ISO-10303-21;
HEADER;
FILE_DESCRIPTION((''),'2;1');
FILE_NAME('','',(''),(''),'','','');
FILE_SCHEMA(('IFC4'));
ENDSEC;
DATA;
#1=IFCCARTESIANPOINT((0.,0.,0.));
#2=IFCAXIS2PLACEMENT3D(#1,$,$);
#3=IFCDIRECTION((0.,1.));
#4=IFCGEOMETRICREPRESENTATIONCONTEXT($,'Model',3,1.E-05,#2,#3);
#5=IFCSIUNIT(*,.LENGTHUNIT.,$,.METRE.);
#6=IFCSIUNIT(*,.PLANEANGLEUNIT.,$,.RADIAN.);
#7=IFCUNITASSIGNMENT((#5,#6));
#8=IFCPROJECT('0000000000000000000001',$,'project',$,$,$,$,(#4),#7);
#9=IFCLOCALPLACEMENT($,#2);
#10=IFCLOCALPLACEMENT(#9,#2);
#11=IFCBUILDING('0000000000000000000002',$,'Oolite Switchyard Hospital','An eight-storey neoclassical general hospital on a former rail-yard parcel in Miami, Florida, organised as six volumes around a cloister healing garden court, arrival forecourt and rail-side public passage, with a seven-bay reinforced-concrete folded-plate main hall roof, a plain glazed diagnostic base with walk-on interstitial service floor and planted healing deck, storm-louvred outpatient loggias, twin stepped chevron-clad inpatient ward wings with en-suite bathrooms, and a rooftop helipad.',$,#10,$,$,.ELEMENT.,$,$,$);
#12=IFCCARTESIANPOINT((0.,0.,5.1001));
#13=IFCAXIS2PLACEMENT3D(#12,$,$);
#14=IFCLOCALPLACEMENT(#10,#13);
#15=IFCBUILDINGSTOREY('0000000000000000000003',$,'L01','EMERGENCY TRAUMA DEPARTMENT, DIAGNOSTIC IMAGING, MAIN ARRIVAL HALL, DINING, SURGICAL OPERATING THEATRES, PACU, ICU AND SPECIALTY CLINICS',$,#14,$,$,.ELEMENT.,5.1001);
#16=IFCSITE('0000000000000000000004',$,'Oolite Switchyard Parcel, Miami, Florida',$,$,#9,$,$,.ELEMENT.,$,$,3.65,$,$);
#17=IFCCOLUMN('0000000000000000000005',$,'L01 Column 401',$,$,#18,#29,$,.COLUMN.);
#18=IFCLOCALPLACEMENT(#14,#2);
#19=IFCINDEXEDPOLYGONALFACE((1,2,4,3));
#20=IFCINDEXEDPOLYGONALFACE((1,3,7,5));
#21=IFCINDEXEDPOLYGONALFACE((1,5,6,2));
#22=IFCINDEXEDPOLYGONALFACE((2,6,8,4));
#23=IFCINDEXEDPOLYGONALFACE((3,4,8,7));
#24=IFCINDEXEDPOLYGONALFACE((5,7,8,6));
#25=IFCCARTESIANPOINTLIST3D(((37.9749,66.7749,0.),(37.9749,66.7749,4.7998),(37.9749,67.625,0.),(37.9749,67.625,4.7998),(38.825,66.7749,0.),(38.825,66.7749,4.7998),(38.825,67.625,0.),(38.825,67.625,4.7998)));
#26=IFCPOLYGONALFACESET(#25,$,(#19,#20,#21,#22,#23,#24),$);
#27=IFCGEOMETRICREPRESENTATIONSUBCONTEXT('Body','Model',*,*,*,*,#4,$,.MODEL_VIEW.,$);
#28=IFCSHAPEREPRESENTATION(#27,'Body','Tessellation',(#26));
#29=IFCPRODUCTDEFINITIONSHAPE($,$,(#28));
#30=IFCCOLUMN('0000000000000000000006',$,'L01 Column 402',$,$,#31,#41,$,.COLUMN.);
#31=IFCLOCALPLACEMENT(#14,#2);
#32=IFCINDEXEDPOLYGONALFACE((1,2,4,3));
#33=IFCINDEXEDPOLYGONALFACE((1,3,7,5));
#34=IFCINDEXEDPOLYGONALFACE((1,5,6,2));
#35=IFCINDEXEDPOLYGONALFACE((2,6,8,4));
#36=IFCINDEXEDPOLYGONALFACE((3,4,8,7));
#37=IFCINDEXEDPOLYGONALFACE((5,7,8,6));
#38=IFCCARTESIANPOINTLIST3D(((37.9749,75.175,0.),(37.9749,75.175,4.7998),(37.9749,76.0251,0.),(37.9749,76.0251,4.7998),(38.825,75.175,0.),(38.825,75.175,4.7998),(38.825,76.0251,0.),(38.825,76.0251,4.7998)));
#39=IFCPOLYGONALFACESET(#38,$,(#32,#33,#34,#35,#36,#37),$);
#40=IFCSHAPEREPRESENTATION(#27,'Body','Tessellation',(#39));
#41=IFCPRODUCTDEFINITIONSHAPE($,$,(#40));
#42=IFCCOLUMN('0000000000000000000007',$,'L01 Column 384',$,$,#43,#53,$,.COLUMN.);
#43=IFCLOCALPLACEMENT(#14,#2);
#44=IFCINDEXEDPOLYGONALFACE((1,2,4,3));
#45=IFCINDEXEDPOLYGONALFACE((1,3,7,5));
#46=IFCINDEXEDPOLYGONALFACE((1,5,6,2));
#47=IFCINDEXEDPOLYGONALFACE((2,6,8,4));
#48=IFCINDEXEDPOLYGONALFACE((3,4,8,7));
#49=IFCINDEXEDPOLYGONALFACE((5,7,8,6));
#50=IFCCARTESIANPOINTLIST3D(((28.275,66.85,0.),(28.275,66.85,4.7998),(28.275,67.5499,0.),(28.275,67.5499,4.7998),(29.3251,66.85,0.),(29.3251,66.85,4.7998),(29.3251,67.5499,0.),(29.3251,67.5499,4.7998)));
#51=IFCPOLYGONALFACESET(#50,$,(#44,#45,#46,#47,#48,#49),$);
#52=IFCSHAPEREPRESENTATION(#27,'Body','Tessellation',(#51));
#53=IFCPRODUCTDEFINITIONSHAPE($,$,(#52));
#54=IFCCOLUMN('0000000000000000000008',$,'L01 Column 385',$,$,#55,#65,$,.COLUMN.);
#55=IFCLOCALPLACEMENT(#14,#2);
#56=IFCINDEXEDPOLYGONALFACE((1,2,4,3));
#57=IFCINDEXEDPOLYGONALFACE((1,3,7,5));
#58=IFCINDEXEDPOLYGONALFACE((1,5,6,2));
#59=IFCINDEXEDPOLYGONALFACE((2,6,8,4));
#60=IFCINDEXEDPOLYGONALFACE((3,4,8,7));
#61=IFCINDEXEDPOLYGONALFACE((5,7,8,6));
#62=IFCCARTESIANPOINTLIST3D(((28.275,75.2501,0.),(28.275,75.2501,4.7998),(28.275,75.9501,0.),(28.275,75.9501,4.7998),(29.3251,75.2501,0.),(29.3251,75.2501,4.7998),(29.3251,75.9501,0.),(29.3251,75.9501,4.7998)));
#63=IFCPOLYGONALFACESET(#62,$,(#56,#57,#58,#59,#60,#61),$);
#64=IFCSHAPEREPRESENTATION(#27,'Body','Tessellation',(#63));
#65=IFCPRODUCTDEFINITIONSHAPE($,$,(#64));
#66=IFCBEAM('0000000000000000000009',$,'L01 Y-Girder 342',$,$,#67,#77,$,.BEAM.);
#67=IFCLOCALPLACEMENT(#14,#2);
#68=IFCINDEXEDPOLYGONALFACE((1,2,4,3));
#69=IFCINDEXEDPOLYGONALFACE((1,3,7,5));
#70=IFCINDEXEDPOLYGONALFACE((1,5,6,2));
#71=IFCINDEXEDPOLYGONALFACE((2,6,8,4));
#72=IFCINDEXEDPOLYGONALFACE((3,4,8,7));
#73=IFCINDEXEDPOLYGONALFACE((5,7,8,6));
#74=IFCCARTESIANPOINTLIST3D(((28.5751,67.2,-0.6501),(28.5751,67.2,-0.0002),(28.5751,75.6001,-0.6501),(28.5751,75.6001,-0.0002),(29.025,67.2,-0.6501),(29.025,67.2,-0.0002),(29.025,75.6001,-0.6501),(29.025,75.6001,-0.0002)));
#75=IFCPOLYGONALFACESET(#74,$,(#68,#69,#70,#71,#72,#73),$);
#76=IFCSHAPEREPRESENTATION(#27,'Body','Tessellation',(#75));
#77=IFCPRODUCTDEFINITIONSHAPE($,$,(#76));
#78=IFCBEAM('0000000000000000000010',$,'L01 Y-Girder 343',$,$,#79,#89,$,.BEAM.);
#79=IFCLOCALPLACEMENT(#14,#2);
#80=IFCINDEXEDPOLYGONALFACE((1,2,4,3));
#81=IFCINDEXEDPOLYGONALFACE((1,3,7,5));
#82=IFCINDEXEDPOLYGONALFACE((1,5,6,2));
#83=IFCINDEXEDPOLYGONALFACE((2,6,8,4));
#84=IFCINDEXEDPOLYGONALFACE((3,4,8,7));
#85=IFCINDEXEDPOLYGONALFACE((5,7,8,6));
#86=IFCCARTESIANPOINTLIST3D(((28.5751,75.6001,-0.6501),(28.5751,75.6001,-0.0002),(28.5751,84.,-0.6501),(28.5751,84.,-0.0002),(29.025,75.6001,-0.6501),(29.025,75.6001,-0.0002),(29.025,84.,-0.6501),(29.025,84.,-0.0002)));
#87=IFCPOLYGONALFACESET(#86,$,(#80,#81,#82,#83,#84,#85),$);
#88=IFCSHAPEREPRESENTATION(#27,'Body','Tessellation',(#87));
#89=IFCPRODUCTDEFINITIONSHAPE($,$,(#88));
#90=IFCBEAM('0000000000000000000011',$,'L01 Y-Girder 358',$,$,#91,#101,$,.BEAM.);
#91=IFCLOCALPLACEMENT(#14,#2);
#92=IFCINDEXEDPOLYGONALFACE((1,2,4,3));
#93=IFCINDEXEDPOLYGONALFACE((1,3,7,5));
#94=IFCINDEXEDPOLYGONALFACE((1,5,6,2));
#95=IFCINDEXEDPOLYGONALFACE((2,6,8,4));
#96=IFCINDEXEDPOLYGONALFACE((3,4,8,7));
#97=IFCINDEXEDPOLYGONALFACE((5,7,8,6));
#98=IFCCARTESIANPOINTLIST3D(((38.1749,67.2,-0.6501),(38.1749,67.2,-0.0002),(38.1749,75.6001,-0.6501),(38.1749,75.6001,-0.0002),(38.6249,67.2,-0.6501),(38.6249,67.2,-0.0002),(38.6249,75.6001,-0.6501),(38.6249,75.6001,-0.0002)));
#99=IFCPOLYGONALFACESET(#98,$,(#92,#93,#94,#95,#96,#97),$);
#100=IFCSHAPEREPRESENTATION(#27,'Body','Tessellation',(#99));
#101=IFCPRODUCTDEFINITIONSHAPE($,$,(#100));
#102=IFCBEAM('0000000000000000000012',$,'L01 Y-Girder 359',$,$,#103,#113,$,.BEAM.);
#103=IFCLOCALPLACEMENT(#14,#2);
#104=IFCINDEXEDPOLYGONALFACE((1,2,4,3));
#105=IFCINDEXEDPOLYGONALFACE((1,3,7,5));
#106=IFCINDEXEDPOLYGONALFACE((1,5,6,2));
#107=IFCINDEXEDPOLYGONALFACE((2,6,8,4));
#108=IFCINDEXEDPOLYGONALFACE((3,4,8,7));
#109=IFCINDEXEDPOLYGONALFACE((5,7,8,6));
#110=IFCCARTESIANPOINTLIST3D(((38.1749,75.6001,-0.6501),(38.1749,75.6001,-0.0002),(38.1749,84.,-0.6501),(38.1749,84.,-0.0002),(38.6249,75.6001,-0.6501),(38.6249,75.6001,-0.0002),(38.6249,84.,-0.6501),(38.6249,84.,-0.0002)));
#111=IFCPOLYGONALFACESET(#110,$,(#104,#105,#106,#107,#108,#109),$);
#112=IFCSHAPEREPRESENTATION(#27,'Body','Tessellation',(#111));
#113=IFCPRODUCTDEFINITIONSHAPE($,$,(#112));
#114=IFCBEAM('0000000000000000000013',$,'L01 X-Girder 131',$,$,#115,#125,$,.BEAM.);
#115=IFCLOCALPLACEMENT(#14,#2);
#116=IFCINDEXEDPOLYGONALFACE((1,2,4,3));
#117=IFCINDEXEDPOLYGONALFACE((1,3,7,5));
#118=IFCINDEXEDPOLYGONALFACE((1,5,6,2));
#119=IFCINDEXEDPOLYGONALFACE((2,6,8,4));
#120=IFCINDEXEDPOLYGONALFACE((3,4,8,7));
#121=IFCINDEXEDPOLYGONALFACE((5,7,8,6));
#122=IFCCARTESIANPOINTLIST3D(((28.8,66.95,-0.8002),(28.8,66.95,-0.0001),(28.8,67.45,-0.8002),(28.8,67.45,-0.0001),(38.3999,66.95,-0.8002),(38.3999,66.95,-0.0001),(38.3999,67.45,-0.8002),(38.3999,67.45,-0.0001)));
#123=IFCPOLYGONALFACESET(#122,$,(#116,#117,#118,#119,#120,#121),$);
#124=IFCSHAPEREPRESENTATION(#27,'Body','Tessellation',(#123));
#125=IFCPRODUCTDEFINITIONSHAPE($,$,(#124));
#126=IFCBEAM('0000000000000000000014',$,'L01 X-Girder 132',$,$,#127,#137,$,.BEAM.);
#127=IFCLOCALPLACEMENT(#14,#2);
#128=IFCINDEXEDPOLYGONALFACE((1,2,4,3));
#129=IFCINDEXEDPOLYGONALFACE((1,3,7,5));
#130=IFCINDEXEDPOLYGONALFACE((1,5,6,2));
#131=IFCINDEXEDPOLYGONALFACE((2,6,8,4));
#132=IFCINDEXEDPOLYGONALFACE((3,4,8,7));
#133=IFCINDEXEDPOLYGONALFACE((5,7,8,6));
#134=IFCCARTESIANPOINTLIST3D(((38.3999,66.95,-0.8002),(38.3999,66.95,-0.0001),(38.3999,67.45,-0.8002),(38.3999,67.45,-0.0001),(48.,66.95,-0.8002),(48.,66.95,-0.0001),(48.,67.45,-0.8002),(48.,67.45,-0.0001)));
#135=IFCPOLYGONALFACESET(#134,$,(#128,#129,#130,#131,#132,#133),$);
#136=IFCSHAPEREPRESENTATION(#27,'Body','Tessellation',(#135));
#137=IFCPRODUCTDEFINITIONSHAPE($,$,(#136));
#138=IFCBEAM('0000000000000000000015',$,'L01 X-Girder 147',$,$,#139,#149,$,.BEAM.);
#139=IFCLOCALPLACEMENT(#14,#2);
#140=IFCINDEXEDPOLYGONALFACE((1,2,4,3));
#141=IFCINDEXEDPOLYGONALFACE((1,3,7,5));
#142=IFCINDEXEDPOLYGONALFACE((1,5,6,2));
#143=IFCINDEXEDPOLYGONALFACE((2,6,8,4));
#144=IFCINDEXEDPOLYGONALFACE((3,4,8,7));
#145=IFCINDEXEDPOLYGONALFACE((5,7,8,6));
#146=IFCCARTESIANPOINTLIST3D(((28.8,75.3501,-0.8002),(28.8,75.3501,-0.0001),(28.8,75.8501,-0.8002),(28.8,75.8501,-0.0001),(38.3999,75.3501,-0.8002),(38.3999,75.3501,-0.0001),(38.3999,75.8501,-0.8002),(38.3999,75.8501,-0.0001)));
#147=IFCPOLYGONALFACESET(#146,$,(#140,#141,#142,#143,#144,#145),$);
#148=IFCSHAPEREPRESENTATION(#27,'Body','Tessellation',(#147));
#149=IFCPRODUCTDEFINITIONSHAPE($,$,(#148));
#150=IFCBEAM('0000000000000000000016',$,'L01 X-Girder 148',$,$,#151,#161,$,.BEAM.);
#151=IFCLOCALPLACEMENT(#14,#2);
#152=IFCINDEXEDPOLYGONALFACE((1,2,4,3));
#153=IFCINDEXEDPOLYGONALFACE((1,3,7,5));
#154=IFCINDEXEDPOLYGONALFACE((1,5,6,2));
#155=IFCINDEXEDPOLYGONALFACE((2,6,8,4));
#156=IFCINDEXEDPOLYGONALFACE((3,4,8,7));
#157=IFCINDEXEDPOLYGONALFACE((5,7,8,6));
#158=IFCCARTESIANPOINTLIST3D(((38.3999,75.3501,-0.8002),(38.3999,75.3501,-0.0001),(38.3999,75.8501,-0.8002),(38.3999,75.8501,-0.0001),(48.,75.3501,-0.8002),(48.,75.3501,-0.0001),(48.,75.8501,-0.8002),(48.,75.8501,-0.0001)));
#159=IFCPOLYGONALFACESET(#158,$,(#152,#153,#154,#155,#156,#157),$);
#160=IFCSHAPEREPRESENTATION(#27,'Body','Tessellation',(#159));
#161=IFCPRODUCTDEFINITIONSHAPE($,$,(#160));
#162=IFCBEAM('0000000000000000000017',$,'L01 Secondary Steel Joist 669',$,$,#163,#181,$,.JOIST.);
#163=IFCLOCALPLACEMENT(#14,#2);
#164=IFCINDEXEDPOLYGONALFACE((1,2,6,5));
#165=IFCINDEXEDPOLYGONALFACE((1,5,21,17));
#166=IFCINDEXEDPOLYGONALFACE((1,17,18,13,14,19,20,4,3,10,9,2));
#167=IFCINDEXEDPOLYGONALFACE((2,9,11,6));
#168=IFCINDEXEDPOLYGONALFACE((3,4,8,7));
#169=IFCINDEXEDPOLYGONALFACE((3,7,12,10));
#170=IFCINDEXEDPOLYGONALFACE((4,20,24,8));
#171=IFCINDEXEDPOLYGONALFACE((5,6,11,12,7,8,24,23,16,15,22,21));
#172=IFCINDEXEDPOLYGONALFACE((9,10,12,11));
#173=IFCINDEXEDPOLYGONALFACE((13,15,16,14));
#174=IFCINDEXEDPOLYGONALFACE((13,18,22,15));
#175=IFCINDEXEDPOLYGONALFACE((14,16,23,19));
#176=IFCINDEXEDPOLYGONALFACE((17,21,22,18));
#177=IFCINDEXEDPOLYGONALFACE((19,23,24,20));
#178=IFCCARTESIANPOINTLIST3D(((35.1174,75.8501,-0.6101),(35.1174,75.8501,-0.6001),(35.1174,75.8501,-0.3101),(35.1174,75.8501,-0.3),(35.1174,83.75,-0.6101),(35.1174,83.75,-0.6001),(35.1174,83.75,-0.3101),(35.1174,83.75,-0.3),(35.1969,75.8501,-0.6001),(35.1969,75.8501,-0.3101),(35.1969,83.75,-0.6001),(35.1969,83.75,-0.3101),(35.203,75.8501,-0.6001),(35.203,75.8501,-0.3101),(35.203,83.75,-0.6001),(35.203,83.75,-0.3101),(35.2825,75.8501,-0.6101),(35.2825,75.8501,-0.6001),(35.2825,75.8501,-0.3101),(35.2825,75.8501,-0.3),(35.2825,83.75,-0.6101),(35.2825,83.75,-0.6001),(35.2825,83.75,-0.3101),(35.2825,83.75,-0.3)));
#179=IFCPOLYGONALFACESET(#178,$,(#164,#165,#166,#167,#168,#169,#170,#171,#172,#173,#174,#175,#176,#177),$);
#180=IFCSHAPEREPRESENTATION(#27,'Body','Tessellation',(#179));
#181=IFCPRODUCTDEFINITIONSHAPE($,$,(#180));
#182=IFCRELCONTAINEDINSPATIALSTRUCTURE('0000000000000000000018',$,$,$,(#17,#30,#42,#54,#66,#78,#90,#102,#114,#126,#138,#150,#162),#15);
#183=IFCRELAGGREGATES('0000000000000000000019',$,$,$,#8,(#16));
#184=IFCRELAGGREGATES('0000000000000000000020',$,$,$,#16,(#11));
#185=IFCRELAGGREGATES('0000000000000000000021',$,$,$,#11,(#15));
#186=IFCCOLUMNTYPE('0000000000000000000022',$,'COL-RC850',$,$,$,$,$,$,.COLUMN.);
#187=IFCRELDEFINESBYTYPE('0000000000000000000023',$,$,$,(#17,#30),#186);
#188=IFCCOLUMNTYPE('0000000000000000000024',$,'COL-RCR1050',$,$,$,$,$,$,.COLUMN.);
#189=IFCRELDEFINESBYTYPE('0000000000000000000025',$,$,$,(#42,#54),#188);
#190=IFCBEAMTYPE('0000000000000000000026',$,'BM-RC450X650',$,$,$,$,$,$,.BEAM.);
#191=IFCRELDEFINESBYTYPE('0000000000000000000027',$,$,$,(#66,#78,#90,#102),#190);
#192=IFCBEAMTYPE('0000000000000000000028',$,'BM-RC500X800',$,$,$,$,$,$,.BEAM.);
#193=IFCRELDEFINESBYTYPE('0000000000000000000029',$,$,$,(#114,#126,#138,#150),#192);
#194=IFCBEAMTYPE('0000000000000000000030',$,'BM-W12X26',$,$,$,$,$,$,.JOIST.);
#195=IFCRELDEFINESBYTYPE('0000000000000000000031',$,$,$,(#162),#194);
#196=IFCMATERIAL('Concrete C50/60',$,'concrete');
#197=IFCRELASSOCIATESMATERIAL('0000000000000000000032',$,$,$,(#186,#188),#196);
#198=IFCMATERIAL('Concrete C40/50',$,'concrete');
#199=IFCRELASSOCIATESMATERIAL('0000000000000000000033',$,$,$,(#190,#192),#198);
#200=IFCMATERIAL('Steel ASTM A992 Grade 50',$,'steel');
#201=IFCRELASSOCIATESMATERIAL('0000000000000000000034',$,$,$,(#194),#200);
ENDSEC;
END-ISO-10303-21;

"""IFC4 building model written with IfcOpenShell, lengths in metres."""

from ifc_helpers import new_model, si_unit, direction, frame, origin, origin_2d, place, context, subcontext, project, spatial, rectangle, i_section, extrude, material, material_profile, profile_set, type_object, element, save


model = new_model("IFC4")

# Units and contexts
model_context = context("Model", 3, precision=1e-05, world=origin(), true_north=direction((0.0, 1.0)))
body_context = subcontext(model_context, "Body", "Model", "MODEL_VIEW")
ifc_project = project(units=[si_unit("LENGTHUNIT", "METRE"), si_unit("PLANEANGLEUNIT", "RADIAN")], contexts=[model_context])

# Site, building, storey
site_placement = place(None, origin())
site = spatial("IfcSite", under=ifc_project, at=site_placement, Name="Oolite Switchyard Parcel, Miami, Florida", CompositionType="ELEMENT", RefElevation=3.65)
building_placement = place(site_placement, origin())
building = spatial("IfcBuilding", under=site, at=building_placement, Name="Oolite Switchyard Hospital", Description="An eight-storey neoclassical general hospital on a former rail-yard parcel in Miami, Florida, organised as six volumes around a cloister healing garden court, arrival forecourt and rail-side public passage, with a seven-bay reinforced-concrete folded-plate main hall roof, a plain glazed diagnostic base with walk-on interstitial service floor and planted healing deck, storm-louvred outpatient loggias, twin stepped chevron-clad inpatient ward wings with en-suite bathrooms, and a rooftop helipad.", CompositionType="ELEMENT")
storey_placement = place(building_placement, frame((0.0, 0.0, 5.1001)))
storey = spatial("IfcBuildingStorey", under=building, at=storey_placement, Name="L01", Description="EMERGENCY TRAUMA DEPARTMENT, DIAGNOSTIC IMAGING, MAIN ARRIVAL HALL, DINING, SURGICAL OPERATING THEATRES, PACU, ICU AND SPECIALTY CLINICS", CompositionType="ELEMENT", Elevation=5.1001)

# Columns
ifc_material_1 = material(Name="Concrete C50/60", Category="concrete")
ifc_material_profile_1 = material_profile(ifc_material_1, rectangle(XDim=0.8501, YDim=0.8501, at=origin_2d()), Name="RC850X850")
ifc_profile_set_1 = profile_set([ifc_material_profile_1], Name="Concrete C50/60")
column_type_1 = type_object("IfcColumnType", Name="COL-RC850", PredefinedType="COLUMN", material=ifc_profile_set_1)
for number, where, z_axis, x_axis, name in (
    (1, (38.3999, 67.2, 0.0), (0.0, 0.0, 1.0), (1.0, 0.0, 0.0), "L01 Column 401"),
    (2, (38.3999, 75.6001, 0.0), (0.0, 0.0, 1.0), (1.0, 0.0, 0.0), "L01 Column 402"),
):
    element("IfcColumn", number, at=place(storey_placement, frame(where, z_axis=z_axis, x_axis=x_axis)), inside=storey, type_object=column_type_1, Name=name, PredefinedType="COLUMN", context=body_context, shape_type="SweptSolid", body=[
        extrude(rectangle(XDim=0.8501, YDim=0.8501, at=origin_2d()), origin(), (0.0, 0.0, 1.0), 4.7998),
    ])
ifc_material_profile_2 = material_profile(ifc_material_1, rectangle(XDim=1.05, YDim=0.7, at=origin_2d()), Name="RC1050X700")
ifc_profile_set_2 = profile_set([ifc_material_profile_2], Name="Concrete C50/60")
column_type_2 = type_object("IfcColumnType", Name="COL-RCR1050", PredefinedType="COLUMN", material=ifc_profile_set_2)
for number, where, z_axis, x_axis, name in (
    (3, (28.8, 67.2, 0.0), (0.0, 0.0, 1.0), (1.0, 0.0, 0.0), "L01 Column 384"),
    (4, (28.8, 75.6001, 0.0), (0.0, 0.0, 1.0), (1.0, 0.0, 0.0), "L01 Column 385"),
):
    element("IfcColumn", number, at=place(storey_placement, frame(where, z_axis=z_axis, x_axis=x_axis)), inside=storey, type_object=column_type_2, Name=name, PredefinedType="COLUMN", context=body_context, shape_type="SweptSolid", body=[
        extrude(rectangle(XDim=1.05, YDim=0.7, at=origin_2d()), origin(), (0.0, 0.0, 1.0), 4.7998),
    ])

# Beams
ifc_material_2 = material(Name="Concrete C40/50", Category="concrete")
ifc_material_profile_3 = material_profile(ifc_material_2, rectangle(XDim=0.45, YDim=0.6499, at=origin_2d()), Name="RCB450X650")
ifc_profile_set_3 = profile_set([ifc_material_profile_3], Name="Concrete C40/50")
beam_type_1 = type_object("IfcBeamType", Name="BM-RC450X650", PredefinedType="BEAM", material=ifc_profile_set_3)
beam_1_placement = place(storey_placement, frame((28.8, 67.2, -0.3252), z_axis=(0.0, 1.0, 0.0), x_axis=(-1.0, 0.0, 0.0)))
element("IfcBeam", 5, at=beam_1_placement, inside=storey, type_object=beam_type_1, Name="L01 Y-Girder 342", PredefinedType="BEAM", context=body_context, shape_type="SweptSolid", body=[
    extrude(rectangle(XDim=0.45, YDim=0.6499, at=origin_2d()), origin(), (0.0, 0.0, 1.0), 8.4001),
])
beam_2_placement = place(storey_placement, frame((28.8, 75.6001, -0.3252), z_axis=(0.0, 1.0, 0.0), x_axis=(-1.0, 0.0, 0.0)))
element("IfcBeam", 6, at=beam_2_placement, inside=storey, type_object=beam_type_1, Name="L01 Y-Girder 343", PredefinedType="BEAM", context=body_context, shape_type="SweptSolid", body=[
    extrude(rectangle(XDim=0.45, YDim=0.6499, at=origin_2d()), origin(), (0.0, 0.0, 1.0), 8.3999),
])
beam_3_placement = place(storey_placement, frame((38.3999, 67.2, -0.3252), z_axis=(0.0, 1.0, 0.0), x_axis=(-1.0, 0.0, 0.0)))
element("IfcBeam", 7, at=beam_3_placement, inside=storey, type_object=beam_type_1, Name="L01 Y-Girder 358", PredefinedType="BEAM", context=body_context, shape_type="SweptSolid", body=[
    extrude(rectangle(XDim=0.45, YDim=0.6499, at=origin_2d()), origin(), (0.0, 0.0, 1.0), 8.4001),
])
beam_4_placement = place(storey_placement, frame((38.3999, 75.6001, -0.3252), z_axis=(0.0, 1.0, 0.0), x_axis=(-1.0, 0.0, 0.0)))
element("IfcBeam", 8, at=beam_4_placement, inside=storey, type_object=beam_type_1, Name="L01 Y-Girder 359", PredefinedType="BEAM", context=body_context, shape_type="SweptSolid", body=[
    extrude(rectangle(XDim=0.45, YDim=0.6499, at=origin_2d()), origin(), (0.0, 0.0, 1.0), 8.3999),
])
ifc_material_profile_4 = material_profile(ifc_material_2, rectangle(XDim=0.5, YDim=0.8, at=origin_2d()), Name="RCB500X800")
ifc_profile_set_4 = profile_set([ifc_material_profile_4], Name="Concrete C40/50")
beam_type_2 = type_object("IfcBeamType", Name="BM-RC500X800", PredefinedType="BEAM", material=ifc_profile_set_4)
beam_5_placement = place(storey_placement, frame((28.8, 67.2, -0.4001), z_axis=(1.0, 0.0, 0.0), x_axis=(0.0, 1.0, 0.0)))
element("IfcBeam", 9, at=beam_5_placement, inside=storey, type_object=beam_type_2, Name="L01 X-Girder 131", PredefinedType="BEAM", context=body_context, shape_type="SweptSolid", body=[
    extrude(rectangle(XDim=0.5, YDim=0.8, at=origin_2d()), origin(), (0.0, 0.0, 1.0), 9.5999),
])
beam_6_placement = place(storey_placement, frame((38.3999, 67.2, -0.4001), z_axis=(1.0, 0.0, 0.0), x_axis=(0.0, 1.0, 0.0)))
element("IfcBeam", 10, at=beam_6_placement, inside=storey, type_object=beam_type_2, Name="L01 X-Girder 132", PredefinedType="BEAM", context=body_context, shape_type="SweptSolid", body=[
    extrude(rectangle(XDim=0.5, YDim=0.8, at=origin_2d()), origin(), (0.0, 0.0, 1.0), 9.6001),
])
beam_7_placement = place(storey_placement, frame((28.8, 75.6001, -0.4001), z_axis=(1.0, 0.0, 0.0), x_axis=(0.0, 1.0, 0.0)))
element("IfcBeam", 11, at=beam_7_placement, inside=storey, type_object=beam_type_2, Name="L01 X-Girder 147", PredefinedType="BEAM", context=body_context, shape_type="SweptSolid", body=[
    extrude(rectangle(XDim=0.5, YDim=0.8, at=origin_2d()), origin(), (0.0, 0.0, 1.0), 9.5999),
])
beam_8_placement = place(storey_placement, frame((38.3999, 75.6001, -0.4001), z_axis=(1.0, 0.0, 0.0), x_axis=(0.0, 1.0, 0.0)))
element("IfcBeam", 12, at=beam_8_placement, inside=storey, type_object=beam_type_2, Name="L01 X-Girder 148", PredefinedType="BEAM", context=body_context, shape_type="SweptSolid", body=[
    extrude(rectangle(XDim=0.5, YDim=0.8, at=origin_2d()), origin(), (0.0, 0.0, 1.0), 9.6001),
])
ifc_material_3 = material(Name="Steel ASTM A992 Grade 50", Category="steel")
ifc_material_profile_5 = material_profile(ifc_material_3, i_section(OverallWidth=0.165, OverallDepth=0.3101, WebThickness=0.0061, FlangeThickness=0.01, at=origin_2d()), Name="W12X26")
ifc_profile_set_5 = profile_set([ifc_material_profile_5], Name="Steel ASTM A992 Grade 50")
beam_type_3 = type_object("IfcBeamType", Name="BM-W12X26", PredefinedType="JOIST", material=ifc_profile_set_5)
for number, where, z_axis, x_axis, name in (
    (13, (35.2, 75.8501, -0.4551), (0.0, 1.0, 0.0), (-1.0, 0.0, 0.0), "L01 Secondary Steel Joist 669"),
):
    element("IfcBeam", number, at=place(storey_placement, frame(where, z_axis=z_axis, x_axis=x_axis)), inside=storey, type_object=beam_type_3, Name=name, PredefinedType="JOIST", context=body_context, shape_type="SweptSolid", body=[
        extrude(i_section(OverallWidth=0.165, OverallDepth=0.3101, WebThickness=0.0061, FlangeThickness=0.01, at=origin_2d()), origin(), (0.0, 0.0, 1.0), 7.8999),
    ])

save(model, "model.ifc")
